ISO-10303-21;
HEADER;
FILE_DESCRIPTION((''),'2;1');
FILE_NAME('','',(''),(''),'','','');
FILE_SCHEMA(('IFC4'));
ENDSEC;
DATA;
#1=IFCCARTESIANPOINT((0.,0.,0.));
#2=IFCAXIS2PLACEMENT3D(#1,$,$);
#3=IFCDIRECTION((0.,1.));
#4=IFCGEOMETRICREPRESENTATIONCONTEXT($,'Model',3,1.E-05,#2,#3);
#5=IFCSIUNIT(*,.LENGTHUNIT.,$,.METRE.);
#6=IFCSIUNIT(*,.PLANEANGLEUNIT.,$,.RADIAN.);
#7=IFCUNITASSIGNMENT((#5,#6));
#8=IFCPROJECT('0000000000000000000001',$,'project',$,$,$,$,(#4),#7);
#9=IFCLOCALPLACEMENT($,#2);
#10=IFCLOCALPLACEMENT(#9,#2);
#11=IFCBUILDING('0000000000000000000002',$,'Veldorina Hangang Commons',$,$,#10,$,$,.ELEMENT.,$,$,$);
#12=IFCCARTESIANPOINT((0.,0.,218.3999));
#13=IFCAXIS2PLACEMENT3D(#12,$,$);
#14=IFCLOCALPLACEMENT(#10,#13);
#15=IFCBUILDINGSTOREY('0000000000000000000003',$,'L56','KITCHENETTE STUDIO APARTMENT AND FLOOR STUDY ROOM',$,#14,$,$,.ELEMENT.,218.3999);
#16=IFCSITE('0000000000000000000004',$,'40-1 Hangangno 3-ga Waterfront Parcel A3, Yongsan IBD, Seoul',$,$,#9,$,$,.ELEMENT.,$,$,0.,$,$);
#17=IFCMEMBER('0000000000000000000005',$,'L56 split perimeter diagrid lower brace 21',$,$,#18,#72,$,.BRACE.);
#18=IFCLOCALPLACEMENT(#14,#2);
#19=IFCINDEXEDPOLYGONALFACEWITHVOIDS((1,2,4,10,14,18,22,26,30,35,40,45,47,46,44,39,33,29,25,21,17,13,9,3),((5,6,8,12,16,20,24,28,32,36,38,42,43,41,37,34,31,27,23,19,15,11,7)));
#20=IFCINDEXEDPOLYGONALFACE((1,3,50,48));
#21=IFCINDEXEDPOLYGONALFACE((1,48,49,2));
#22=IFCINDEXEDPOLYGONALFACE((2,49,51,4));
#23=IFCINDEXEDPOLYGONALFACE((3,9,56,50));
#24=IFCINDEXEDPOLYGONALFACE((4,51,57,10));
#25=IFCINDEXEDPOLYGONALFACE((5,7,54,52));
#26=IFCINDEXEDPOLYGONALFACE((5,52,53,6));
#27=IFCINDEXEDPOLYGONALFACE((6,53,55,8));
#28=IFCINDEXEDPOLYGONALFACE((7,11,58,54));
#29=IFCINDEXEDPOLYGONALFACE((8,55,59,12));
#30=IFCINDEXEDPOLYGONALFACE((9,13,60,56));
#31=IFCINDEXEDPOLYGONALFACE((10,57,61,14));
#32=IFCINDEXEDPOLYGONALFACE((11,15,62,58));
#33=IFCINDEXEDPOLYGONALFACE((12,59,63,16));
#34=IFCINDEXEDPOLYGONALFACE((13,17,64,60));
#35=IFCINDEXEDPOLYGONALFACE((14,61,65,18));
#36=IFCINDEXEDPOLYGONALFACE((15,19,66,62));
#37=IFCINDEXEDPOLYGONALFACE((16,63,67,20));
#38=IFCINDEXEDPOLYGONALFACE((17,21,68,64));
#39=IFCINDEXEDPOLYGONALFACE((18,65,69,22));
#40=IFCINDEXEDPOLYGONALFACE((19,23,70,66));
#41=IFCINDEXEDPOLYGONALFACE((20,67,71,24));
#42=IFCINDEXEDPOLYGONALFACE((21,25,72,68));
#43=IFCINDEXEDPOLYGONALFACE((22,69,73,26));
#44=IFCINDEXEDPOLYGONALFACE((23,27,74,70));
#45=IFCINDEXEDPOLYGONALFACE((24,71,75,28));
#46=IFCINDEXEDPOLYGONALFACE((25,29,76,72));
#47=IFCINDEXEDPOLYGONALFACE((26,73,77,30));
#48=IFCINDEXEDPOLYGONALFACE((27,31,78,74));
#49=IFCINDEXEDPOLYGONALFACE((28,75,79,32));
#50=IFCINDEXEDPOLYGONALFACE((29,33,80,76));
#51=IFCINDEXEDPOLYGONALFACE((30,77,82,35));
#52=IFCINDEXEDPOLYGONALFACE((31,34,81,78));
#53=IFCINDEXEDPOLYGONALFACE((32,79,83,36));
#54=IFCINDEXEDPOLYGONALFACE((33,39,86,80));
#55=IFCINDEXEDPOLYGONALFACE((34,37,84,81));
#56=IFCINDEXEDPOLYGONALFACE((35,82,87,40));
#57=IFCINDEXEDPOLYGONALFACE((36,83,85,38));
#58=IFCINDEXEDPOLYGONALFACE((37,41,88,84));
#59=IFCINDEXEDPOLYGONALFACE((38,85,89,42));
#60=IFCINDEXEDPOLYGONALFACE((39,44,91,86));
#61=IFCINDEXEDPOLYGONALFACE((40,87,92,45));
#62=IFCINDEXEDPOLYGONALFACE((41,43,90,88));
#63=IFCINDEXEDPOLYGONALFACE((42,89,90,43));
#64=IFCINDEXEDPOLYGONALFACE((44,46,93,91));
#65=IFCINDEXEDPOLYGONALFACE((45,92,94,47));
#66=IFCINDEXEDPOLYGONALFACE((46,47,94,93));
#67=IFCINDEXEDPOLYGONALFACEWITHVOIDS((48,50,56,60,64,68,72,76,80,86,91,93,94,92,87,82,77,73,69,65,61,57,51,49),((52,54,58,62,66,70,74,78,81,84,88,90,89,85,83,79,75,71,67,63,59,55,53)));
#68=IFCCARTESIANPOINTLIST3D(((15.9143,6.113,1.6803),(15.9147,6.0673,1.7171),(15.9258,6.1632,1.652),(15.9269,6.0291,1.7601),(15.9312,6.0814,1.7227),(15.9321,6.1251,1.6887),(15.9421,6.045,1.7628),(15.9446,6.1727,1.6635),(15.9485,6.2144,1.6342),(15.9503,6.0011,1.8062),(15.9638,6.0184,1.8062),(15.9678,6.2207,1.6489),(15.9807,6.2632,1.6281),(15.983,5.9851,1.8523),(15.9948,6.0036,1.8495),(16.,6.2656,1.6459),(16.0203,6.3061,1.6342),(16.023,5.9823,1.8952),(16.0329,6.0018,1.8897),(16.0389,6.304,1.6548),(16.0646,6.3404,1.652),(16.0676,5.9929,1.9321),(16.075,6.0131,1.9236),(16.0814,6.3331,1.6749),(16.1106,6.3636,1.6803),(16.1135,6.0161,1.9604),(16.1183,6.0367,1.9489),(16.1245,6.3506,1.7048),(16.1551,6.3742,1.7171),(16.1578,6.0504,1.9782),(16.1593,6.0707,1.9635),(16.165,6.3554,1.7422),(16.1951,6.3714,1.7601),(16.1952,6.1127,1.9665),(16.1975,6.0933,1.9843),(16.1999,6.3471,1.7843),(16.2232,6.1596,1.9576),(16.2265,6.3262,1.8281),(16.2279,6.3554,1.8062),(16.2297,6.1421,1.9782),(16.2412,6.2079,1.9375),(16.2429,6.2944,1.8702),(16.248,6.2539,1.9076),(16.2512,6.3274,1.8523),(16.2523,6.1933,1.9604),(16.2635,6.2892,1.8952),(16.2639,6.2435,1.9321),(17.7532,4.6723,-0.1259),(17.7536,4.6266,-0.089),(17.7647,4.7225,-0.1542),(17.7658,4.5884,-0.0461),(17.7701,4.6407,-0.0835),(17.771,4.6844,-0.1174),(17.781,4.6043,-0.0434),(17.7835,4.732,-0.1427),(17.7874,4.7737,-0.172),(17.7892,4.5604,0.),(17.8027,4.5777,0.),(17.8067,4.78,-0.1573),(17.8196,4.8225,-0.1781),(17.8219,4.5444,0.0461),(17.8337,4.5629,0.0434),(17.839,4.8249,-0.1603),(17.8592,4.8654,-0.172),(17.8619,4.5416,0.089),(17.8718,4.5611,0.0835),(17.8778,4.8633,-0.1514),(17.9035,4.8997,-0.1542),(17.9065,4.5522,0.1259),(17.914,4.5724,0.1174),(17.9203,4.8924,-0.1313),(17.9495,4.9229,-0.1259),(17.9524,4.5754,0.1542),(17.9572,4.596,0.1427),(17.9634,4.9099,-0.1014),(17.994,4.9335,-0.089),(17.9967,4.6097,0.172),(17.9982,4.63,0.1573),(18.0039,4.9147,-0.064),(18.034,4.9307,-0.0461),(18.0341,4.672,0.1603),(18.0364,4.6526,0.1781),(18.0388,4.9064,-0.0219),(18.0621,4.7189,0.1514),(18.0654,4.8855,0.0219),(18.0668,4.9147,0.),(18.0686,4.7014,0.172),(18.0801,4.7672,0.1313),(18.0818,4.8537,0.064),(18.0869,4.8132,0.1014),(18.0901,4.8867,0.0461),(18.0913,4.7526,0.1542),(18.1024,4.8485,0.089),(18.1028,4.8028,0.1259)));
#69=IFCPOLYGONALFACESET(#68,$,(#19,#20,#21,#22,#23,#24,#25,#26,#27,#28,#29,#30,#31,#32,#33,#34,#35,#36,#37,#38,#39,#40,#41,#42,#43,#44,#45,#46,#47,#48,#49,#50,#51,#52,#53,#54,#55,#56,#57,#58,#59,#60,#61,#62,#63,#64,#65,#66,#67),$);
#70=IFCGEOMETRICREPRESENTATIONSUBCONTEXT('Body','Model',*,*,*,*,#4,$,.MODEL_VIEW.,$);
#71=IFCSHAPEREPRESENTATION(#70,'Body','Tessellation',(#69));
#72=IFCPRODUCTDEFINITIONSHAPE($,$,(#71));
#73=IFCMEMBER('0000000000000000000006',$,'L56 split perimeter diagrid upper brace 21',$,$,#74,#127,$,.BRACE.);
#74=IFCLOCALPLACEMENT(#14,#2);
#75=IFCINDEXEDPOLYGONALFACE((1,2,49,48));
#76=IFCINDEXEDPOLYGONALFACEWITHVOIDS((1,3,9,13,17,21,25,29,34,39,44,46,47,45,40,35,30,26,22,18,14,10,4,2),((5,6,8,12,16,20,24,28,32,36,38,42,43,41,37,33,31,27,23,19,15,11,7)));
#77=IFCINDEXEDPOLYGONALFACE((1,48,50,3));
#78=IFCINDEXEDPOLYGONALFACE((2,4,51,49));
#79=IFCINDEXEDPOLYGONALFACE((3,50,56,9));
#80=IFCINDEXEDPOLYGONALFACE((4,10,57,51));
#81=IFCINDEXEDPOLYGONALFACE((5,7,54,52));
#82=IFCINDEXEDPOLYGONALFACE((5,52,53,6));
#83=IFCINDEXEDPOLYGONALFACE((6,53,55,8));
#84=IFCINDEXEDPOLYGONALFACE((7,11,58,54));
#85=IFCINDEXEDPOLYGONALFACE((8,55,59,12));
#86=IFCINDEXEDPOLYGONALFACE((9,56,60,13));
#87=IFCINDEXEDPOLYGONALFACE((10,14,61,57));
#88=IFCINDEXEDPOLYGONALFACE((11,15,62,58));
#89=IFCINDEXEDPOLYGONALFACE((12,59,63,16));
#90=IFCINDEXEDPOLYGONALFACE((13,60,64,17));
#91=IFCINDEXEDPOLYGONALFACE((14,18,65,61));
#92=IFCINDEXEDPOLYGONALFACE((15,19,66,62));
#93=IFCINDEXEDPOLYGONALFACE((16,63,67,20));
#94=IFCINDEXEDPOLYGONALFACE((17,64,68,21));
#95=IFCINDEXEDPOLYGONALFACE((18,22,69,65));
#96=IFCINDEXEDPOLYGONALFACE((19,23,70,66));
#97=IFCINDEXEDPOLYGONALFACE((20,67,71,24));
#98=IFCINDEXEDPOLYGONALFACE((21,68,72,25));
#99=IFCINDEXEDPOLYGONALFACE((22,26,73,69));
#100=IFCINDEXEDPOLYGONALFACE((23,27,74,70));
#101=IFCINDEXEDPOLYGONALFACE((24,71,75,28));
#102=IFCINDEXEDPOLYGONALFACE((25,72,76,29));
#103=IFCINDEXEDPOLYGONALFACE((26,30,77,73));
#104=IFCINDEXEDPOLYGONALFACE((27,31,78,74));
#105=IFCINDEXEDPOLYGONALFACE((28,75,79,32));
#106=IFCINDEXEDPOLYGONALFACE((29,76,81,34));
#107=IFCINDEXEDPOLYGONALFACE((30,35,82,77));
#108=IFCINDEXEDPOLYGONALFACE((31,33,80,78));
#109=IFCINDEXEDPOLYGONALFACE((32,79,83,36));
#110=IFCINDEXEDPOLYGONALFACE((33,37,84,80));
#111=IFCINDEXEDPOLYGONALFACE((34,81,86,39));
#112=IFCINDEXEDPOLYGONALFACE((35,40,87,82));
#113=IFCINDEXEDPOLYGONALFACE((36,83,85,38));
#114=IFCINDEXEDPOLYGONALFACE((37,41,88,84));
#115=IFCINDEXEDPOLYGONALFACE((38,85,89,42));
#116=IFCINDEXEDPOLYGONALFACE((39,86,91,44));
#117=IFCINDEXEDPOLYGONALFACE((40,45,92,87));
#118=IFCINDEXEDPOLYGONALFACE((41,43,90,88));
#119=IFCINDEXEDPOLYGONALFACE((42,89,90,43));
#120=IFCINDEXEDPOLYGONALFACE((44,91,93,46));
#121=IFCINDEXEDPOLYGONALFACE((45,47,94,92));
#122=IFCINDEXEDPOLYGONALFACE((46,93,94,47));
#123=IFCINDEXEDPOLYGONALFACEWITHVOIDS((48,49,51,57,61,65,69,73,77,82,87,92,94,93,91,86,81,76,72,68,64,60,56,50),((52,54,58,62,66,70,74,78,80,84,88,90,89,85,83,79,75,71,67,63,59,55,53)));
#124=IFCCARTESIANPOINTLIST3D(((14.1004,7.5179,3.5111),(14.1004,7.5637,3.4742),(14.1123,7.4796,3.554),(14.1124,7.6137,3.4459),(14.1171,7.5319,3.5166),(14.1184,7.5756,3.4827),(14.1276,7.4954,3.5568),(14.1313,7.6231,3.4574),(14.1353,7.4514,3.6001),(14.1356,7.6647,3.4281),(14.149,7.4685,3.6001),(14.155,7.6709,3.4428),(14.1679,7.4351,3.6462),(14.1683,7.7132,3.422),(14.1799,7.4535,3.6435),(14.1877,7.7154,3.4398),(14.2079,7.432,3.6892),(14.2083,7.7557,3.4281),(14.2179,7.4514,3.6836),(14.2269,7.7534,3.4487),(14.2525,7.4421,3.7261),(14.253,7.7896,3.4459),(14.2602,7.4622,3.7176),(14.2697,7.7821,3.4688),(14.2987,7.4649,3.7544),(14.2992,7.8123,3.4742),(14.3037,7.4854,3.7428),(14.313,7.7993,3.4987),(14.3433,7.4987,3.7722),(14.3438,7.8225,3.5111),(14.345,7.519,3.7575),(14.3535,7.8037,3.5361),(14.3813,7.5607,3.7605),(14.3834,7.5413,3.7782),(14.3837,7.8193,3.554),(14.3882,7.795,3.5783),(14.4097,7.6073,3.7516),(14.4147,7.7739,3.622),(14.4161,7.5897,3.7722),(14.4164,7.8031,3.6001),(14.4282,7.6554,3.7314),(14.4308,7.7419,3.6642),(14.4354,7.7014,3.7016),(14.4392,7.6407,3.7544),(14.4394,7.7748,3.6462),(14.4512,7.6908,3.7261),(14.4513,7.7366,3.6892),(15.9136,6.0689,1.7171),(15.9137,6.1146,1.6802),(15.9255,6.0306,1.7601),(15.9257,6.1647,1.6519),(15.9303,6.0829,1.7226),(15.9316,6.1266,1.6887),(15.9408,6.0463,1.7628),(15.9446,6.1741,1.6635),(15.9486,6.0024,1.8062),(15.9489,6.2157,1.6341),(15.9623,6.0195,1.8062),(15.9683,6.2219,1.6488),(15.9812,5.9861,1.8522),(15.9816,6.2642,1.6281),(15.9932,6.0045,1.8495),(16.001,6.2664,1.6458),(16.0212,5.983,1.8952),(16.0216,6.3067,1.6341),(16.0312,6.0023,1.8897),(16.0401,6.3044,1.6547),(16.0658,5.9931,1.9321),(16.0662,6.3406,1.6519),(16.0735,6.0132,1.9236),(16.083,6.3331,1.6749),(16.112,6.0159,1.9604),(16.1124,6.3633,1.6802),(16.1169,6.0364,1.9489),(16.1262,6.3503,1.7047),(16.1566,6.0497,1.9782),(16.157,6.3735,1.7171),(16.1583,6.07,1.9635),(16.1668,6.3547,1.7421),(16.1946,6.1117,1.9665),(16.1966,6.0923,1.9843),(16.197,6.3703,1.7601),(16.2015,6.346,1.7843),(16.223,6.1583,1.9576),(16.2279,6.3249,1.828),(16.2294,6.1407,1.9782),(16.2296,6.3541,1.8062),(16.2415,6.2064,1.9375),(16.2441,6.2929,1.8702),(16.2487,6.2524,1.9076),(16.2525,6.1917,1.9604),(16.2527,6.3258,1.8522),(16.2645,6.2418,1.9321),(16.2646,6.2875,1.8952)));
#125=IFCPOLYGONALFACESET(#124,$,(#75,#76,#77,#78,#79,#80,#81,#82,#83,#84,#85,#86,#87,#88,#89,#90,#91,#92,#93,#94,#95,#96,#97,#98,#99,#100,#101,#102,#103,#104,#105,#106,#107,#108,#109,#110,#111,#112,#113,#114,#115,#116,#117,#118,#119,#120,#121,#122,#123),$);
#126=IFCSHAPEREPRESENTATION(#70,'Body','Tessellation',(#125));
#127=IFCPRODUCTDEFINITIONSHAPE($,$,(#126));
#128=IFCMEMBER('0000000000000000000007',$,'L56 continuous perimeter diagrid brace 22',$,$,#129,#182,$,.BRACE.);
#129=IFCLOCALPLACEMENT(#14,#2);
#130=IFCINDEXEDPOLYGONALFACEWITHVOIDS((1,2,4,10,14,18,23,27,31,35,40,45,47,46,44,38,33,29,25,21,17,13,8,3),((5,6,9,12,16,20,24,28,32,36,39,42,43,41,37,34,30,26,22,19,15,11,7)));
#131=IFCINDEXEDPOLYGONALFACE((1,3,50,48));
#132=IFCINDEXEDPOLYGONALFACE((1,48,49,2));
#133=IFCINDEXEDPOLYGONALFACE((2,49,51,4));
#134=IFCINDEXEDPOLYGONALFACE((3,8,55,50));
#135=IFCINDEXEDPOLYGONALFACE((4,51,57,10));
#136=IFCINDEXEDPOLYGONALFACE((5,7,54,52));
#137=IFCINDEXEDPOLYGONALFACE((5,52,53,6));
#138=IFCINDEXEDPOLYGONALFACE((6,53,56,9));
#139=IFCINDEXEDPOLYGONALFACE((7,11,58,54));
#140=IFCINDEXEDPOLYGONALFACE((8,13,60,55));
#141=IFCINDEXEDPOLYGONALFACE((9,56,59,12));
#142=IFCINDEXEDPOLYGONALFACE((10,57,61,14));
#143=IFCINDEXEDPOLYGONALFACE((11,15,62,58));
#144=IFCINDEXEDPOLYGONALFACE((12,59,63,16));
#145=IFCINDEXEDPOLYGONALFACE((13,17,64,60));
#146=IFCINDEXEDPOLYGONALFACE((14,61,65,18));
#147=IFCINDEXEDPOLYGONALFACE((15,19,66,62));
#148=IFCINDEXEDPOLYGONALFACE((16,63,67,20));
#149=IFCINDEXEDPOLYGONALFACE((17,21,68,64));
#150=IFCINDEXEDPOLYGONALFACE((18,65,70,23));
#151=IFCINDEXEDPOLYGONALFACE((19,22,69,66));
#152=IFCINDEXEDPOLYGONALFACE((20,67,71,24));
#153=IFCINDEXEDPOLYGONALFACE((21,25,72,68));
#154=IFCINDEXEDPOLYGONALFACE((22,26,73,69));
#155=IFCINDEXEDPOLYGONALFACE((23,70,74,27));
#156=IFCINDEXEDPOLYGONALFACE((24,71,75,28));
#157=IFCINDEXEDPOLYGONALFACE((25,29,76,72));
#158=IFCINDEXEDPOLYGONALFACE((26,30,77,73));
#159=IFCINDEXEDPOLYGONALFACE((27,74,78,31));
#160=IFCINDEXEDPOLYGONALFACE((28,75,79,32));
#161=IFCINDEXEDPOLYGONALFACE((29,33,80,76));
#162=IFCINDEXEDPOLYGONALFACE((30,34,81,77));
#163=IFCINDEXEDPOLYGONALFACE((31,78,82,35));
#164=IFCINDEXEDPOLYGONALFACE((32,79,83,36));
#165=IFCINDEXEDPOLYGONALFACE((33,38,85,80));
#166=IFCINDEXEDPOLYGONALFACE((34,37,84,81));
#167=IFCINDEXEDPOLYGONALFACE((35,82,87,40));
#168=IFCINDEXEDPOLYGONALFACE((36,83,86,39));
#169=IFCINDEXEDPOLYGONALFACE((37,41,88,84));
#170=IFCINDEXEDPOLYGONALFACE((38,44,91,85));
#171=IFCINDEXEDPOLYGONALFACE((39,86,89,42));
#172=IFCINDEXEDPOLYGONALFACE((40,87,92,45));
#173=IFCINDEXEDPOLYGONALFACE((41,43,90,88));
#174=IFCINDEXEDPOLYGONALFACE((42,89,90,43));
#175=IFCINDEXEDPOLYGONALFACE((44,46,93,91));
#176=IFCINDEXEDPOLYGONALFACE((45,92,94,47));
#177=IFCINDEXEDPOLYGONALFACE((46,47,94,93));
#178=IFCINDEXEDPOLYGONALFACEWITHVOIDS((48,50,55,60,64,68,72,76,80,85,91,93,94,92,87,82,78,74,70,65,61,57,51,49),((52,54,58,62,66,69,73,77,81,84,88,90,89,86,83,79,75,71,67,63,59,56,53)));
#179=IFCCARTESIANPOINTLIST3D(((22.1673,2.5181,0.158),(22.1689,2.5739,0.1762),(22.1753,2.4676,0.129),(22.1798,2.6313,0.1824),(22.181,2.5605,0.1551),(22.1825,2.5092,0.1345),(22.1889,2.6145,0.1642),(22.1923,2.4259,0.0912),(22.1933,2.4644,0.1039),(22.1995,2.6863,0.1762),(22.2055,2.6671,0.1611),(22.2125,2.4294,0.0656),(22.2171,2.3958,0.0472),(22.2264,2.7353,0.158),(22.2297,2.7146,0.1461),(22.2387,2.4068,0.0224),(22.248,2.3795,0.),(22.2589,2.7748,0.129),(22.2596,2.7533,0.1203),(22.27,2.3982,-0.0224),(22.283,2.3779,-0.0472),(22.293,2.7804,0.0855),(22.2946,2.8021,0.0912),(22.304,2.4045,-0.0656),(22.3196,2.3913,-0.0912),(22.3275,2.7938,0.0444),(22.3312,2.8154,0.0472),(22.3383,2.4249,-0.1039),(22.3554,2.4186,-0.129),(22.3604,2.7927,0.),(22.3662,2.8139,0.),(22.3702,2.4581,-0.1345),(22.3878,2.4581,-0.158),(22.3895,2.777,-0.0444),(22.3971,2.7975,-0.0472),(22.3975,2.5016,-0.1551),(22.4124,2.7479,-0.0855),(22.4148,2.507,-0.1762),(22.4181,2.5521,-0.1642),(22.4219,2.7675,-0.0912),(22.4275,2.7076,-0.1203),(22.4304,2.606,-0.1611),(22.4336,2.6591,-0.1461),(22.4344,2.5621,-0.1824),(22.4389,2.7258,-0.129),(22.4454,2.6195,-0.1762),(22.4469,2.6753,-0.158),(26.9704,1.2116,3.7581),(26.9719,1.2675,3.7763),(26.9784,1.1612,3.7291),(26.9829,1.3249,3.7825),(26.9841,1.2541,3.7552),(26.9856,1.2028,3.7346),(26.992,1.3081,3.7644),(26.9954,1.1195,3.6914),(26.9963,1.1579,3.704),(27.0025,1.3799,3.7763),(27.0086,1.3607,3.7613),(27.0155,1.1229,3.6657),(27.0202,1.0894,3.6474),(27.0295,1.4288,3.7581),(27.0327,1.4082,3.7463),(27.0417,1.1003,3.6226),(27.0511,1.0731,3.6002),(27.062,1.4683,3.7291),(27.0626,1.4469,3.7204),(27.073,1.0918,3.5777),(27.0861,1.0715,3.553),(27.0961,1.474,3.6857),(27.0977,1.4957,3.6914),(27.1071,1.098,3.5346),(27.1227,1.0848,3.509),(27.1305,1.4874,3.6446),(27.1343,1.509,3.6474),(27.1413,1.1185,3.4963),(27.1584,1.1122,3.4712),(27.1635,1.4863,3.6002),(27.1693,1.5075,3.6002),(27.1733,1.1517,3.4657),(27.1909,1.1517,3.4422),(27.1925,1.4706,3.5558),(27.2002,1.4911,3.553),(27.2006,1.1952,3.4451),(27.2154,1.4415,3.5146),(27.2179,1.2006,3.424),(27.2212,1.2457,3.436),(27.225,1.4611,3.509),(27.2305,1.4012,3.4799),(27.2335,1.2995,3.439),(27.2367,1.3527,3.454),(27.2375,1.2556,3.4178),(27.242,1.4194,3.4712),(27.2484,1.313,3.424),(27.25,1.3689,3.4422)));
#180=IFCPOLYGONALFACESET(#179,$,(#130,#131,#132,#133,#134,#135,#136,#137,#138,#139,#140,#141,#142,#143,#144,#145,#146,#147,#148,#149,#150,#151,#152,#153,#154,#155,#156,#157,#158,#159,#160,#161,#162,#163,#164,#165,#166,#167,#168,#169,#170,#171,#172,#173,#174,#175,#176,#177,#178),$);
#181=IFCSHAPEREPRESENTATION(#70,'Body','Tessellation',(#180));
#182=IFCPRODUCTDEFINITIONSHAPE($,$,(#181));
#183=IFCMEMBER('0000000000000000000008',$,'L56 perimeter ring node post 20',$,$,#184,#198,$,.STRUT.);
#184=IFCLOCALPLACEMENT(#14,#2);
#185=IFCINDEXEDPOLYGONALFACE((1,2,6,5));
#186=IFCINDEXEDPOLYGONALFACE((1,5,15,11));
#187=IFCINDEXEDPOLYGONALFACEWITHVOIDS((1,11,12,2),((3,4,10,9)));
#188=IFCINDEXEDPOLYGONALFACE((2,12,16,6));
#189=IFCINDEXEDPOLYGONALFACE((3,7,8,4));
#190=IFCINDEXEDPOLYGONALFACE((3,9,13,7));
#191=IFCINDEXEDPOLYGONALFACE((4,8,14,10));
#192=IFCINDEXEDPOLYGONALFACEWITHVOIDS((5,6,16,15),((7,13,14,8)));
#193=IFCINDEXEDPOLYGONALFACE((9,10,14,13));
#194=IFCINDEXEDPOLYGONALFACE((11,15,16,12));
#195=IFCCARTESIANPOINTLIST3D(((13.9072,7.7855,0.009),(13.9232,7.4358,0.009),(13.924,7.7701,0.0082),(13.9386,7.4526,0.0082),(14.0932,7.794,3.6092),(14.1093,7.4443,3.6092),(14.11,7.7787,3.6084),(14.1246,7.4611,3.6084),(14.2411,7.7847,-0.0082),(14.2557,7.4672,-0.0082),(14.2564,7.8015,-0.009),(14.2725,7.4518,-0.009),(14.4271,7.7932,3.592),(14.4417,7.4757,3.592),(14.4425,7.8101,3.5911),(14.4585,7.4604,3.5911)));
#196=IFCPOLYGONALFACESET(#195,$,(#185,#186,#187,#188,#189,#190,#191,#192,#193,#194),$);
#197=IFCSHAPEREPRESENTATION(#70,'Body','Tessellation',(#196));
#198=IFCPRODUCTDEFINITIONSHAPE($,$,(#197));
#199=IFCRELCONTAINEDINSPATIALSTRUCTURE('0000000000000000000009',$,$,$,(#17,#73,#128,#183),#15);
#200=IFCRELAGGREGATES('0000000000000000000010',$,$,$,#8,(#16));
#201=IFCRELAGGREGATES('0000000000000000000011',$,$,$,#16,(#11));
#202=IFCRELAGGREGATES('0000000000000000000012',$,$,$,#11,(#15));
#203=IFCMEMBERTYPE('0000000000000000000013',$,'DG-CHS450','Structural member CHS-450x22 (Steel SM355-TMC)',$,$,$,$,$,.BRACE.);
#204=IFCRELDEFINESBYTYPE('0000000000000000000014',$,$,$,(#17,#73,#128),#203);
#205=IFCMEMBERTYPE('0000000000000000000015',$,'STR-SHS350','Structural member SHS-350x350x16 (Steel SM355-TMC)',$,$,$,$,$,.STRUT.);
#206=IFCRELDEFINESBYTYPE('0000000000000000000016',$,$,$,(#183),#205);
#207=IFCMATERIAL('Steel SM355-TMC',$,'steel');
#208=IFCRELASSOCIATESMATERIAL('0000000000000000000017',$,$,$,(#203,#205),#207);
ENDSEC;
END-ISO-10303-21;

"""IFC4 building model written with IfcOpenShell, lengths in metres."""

from ifc_helpers import new_model, si_unit, direction, frame, origin, origin_2d, place, context, subcontext, project, spatial, hollow_rectangle, hollow_circle, extrude, material, material_profile, profile_set, type_object, element, save


model = new_model("IFC4")

# Units and contexts
model_context = context("Model", 3, precision=1e-05, world=origin(), true_north=direction((0.0, 1.0)))
body_context = subcontext(model_context, "Body", "Model", "MODEL_VIEW")
ifc_project = project(units=[si_unit("LENGTHUNIT", "METRE"), si_unit("PLANEANGLEUNIT", "RADIAN")], contexts=[model_context])

# Site, building, storey
site_placement = place(None, origin())
site = spatial("IfcSite", under=ifc_project, at=site_placement, Name="40-1 Hangangno 3-ga Waterfront Parcel A3, Yongsan IBD, Seoul", CompositionType="ELEMENT", RefElevation=0.0)
building_placement = place(site_placement, origin())
building = spatial("IfcBuilding", under=site, at=building_placement, Name="Veldorina Hangang Commons", CompositionType="ELEMENT")
storey_placement = place(building_placement, frame((0.0, 0.0, 218.3999)))
storey = spatial("IfcBuildingStorey", under=building, at=storey_placement, Name="L56", Description="KITCHENETTE STUDIO APARTMENT AND FLOOR STUDY ROOM", CompositionType="ELEMENT", Elevation=218.3999)

# Shared definitions
ifc_material_1 = material(Name="Steel SM355-TMC", Category="steel")

# Members
ifc_material_profile_1 = material_profile(ifc_material_1, hollow_circle(Radius=0.2251, WallThickness=0.022, at=origin_2d()), Name="CHS-450x22")
ifc_profile_set_1 = profile_set([ifc_material_profile_1], Name="Steel SM355-TMC")
member_type_1 = type_object("IfcMemberType", Name="DG-CHS450", Description="Structural member CHS-450x22 (Steel SM355-TMC)", PredefinedType="BRACE", material=ifc_profile_set_1)
member_1_placement = place(storey_placement, frame((17.928, 4.7375, 0.0), z_axis=(-0.622749, 0.487897, 0.61167), x_axis=(-0.616722, -0.787181, 0.0)))
element("IfcMember", 1, at=member_1_placement, inside=storey, type_object=member_type_1, Name="L56 split perimeter diagrid lower brace 21", PredefinedType="BRACE", context=body_context, shape_type="SweptSolid", body=[
    extrude(hollow_circle(Radius=0.2251, WallThickness=0.022, at=origin_2d()), origin(), (0.0, 0.0, 1.0), 2.9529),
])
member_2_placement = place(storey_placement, frame((16.0891, 6.1782, 1.8062), z_axis=(-0.618107, 0.493936, 0.611532), x_axis=(-0.624272, -0.781207, 0.0)))
element("IfcMember", 2, at=member_2_placement, inside=storey, type_object=member_type_1, Name="L56 split perimeter diagrid upper brace 21", PredefinedType="BRACE", context=body_context, shape_type="SweptSolid", body=[
    extrude(hollow_circle(Radius=0.2251, WallThickness=0.022, at=origin_2d()), origin(), (0.0, 0.0, 1.0), 2.9336),
])
member_3_placement = place(storey_placement, frame((22.3071, 2.5967, 0.0), z_axis=(0.781867, -0.212666, 0.586052), x_axis=(0.262462, 0.964942, 0.0)))
element("IfcMember", 3, at=member_3_placement, inside=storey, type_object=member_type_1, Name="L56 continuous perimeter diagrid brace 22", PredefinedType="BRACE", context=body_context, shape_type="SweptSolid", body=[
    extrude(hollow_circle(Radius=0.2251, WallThickness=0.022, at=origin_2d()), origin(), (0.0, 0.0, 1.0), 6.1431),
])
ifc_material_profile_2 = material_profile(ifc_material_1, hollow_rectangle(XDim=0.3501, YDim=0.3501, WallThickness=0.0161, at=origin_2d()), Name="SHS-350x350x16")
ifc_profile_set_2 = profile_set([ifc_material_profile_2], Name="Steel SM355-TMC")
member_type_2 = type_object("IfcMemberType", Name="STR-SHS350", Description="Structural member SHS-350x350x16 (Steel SM355-TMC)", PredefinedType="STRUT", material=ifc_profile_set_2)
member_4_placement = place(storey_placement, frame((14.0898, 7.6187, 0.0), z_axis=(0.051606, 0.00237, 0.998665), x_axis=(-0.045883, 0.998947, 0.0)))
element("IfcMember", 4, at=member_4_placement, inside=storey, type_object=member_type_2, Name="L56 perimeter ring node post 20", PredefinedType="STRUT", context=body_context, shape_type="SweptSolid", body=[
    extrude(hollow_rectangle(XDim=0.3501, YDim=0.3501, WallThickness=0.0161, at=origin_2d()), origin(), (0.0, 0.0, 1.0), 3.605),
])

save(model, "model.ifc")
